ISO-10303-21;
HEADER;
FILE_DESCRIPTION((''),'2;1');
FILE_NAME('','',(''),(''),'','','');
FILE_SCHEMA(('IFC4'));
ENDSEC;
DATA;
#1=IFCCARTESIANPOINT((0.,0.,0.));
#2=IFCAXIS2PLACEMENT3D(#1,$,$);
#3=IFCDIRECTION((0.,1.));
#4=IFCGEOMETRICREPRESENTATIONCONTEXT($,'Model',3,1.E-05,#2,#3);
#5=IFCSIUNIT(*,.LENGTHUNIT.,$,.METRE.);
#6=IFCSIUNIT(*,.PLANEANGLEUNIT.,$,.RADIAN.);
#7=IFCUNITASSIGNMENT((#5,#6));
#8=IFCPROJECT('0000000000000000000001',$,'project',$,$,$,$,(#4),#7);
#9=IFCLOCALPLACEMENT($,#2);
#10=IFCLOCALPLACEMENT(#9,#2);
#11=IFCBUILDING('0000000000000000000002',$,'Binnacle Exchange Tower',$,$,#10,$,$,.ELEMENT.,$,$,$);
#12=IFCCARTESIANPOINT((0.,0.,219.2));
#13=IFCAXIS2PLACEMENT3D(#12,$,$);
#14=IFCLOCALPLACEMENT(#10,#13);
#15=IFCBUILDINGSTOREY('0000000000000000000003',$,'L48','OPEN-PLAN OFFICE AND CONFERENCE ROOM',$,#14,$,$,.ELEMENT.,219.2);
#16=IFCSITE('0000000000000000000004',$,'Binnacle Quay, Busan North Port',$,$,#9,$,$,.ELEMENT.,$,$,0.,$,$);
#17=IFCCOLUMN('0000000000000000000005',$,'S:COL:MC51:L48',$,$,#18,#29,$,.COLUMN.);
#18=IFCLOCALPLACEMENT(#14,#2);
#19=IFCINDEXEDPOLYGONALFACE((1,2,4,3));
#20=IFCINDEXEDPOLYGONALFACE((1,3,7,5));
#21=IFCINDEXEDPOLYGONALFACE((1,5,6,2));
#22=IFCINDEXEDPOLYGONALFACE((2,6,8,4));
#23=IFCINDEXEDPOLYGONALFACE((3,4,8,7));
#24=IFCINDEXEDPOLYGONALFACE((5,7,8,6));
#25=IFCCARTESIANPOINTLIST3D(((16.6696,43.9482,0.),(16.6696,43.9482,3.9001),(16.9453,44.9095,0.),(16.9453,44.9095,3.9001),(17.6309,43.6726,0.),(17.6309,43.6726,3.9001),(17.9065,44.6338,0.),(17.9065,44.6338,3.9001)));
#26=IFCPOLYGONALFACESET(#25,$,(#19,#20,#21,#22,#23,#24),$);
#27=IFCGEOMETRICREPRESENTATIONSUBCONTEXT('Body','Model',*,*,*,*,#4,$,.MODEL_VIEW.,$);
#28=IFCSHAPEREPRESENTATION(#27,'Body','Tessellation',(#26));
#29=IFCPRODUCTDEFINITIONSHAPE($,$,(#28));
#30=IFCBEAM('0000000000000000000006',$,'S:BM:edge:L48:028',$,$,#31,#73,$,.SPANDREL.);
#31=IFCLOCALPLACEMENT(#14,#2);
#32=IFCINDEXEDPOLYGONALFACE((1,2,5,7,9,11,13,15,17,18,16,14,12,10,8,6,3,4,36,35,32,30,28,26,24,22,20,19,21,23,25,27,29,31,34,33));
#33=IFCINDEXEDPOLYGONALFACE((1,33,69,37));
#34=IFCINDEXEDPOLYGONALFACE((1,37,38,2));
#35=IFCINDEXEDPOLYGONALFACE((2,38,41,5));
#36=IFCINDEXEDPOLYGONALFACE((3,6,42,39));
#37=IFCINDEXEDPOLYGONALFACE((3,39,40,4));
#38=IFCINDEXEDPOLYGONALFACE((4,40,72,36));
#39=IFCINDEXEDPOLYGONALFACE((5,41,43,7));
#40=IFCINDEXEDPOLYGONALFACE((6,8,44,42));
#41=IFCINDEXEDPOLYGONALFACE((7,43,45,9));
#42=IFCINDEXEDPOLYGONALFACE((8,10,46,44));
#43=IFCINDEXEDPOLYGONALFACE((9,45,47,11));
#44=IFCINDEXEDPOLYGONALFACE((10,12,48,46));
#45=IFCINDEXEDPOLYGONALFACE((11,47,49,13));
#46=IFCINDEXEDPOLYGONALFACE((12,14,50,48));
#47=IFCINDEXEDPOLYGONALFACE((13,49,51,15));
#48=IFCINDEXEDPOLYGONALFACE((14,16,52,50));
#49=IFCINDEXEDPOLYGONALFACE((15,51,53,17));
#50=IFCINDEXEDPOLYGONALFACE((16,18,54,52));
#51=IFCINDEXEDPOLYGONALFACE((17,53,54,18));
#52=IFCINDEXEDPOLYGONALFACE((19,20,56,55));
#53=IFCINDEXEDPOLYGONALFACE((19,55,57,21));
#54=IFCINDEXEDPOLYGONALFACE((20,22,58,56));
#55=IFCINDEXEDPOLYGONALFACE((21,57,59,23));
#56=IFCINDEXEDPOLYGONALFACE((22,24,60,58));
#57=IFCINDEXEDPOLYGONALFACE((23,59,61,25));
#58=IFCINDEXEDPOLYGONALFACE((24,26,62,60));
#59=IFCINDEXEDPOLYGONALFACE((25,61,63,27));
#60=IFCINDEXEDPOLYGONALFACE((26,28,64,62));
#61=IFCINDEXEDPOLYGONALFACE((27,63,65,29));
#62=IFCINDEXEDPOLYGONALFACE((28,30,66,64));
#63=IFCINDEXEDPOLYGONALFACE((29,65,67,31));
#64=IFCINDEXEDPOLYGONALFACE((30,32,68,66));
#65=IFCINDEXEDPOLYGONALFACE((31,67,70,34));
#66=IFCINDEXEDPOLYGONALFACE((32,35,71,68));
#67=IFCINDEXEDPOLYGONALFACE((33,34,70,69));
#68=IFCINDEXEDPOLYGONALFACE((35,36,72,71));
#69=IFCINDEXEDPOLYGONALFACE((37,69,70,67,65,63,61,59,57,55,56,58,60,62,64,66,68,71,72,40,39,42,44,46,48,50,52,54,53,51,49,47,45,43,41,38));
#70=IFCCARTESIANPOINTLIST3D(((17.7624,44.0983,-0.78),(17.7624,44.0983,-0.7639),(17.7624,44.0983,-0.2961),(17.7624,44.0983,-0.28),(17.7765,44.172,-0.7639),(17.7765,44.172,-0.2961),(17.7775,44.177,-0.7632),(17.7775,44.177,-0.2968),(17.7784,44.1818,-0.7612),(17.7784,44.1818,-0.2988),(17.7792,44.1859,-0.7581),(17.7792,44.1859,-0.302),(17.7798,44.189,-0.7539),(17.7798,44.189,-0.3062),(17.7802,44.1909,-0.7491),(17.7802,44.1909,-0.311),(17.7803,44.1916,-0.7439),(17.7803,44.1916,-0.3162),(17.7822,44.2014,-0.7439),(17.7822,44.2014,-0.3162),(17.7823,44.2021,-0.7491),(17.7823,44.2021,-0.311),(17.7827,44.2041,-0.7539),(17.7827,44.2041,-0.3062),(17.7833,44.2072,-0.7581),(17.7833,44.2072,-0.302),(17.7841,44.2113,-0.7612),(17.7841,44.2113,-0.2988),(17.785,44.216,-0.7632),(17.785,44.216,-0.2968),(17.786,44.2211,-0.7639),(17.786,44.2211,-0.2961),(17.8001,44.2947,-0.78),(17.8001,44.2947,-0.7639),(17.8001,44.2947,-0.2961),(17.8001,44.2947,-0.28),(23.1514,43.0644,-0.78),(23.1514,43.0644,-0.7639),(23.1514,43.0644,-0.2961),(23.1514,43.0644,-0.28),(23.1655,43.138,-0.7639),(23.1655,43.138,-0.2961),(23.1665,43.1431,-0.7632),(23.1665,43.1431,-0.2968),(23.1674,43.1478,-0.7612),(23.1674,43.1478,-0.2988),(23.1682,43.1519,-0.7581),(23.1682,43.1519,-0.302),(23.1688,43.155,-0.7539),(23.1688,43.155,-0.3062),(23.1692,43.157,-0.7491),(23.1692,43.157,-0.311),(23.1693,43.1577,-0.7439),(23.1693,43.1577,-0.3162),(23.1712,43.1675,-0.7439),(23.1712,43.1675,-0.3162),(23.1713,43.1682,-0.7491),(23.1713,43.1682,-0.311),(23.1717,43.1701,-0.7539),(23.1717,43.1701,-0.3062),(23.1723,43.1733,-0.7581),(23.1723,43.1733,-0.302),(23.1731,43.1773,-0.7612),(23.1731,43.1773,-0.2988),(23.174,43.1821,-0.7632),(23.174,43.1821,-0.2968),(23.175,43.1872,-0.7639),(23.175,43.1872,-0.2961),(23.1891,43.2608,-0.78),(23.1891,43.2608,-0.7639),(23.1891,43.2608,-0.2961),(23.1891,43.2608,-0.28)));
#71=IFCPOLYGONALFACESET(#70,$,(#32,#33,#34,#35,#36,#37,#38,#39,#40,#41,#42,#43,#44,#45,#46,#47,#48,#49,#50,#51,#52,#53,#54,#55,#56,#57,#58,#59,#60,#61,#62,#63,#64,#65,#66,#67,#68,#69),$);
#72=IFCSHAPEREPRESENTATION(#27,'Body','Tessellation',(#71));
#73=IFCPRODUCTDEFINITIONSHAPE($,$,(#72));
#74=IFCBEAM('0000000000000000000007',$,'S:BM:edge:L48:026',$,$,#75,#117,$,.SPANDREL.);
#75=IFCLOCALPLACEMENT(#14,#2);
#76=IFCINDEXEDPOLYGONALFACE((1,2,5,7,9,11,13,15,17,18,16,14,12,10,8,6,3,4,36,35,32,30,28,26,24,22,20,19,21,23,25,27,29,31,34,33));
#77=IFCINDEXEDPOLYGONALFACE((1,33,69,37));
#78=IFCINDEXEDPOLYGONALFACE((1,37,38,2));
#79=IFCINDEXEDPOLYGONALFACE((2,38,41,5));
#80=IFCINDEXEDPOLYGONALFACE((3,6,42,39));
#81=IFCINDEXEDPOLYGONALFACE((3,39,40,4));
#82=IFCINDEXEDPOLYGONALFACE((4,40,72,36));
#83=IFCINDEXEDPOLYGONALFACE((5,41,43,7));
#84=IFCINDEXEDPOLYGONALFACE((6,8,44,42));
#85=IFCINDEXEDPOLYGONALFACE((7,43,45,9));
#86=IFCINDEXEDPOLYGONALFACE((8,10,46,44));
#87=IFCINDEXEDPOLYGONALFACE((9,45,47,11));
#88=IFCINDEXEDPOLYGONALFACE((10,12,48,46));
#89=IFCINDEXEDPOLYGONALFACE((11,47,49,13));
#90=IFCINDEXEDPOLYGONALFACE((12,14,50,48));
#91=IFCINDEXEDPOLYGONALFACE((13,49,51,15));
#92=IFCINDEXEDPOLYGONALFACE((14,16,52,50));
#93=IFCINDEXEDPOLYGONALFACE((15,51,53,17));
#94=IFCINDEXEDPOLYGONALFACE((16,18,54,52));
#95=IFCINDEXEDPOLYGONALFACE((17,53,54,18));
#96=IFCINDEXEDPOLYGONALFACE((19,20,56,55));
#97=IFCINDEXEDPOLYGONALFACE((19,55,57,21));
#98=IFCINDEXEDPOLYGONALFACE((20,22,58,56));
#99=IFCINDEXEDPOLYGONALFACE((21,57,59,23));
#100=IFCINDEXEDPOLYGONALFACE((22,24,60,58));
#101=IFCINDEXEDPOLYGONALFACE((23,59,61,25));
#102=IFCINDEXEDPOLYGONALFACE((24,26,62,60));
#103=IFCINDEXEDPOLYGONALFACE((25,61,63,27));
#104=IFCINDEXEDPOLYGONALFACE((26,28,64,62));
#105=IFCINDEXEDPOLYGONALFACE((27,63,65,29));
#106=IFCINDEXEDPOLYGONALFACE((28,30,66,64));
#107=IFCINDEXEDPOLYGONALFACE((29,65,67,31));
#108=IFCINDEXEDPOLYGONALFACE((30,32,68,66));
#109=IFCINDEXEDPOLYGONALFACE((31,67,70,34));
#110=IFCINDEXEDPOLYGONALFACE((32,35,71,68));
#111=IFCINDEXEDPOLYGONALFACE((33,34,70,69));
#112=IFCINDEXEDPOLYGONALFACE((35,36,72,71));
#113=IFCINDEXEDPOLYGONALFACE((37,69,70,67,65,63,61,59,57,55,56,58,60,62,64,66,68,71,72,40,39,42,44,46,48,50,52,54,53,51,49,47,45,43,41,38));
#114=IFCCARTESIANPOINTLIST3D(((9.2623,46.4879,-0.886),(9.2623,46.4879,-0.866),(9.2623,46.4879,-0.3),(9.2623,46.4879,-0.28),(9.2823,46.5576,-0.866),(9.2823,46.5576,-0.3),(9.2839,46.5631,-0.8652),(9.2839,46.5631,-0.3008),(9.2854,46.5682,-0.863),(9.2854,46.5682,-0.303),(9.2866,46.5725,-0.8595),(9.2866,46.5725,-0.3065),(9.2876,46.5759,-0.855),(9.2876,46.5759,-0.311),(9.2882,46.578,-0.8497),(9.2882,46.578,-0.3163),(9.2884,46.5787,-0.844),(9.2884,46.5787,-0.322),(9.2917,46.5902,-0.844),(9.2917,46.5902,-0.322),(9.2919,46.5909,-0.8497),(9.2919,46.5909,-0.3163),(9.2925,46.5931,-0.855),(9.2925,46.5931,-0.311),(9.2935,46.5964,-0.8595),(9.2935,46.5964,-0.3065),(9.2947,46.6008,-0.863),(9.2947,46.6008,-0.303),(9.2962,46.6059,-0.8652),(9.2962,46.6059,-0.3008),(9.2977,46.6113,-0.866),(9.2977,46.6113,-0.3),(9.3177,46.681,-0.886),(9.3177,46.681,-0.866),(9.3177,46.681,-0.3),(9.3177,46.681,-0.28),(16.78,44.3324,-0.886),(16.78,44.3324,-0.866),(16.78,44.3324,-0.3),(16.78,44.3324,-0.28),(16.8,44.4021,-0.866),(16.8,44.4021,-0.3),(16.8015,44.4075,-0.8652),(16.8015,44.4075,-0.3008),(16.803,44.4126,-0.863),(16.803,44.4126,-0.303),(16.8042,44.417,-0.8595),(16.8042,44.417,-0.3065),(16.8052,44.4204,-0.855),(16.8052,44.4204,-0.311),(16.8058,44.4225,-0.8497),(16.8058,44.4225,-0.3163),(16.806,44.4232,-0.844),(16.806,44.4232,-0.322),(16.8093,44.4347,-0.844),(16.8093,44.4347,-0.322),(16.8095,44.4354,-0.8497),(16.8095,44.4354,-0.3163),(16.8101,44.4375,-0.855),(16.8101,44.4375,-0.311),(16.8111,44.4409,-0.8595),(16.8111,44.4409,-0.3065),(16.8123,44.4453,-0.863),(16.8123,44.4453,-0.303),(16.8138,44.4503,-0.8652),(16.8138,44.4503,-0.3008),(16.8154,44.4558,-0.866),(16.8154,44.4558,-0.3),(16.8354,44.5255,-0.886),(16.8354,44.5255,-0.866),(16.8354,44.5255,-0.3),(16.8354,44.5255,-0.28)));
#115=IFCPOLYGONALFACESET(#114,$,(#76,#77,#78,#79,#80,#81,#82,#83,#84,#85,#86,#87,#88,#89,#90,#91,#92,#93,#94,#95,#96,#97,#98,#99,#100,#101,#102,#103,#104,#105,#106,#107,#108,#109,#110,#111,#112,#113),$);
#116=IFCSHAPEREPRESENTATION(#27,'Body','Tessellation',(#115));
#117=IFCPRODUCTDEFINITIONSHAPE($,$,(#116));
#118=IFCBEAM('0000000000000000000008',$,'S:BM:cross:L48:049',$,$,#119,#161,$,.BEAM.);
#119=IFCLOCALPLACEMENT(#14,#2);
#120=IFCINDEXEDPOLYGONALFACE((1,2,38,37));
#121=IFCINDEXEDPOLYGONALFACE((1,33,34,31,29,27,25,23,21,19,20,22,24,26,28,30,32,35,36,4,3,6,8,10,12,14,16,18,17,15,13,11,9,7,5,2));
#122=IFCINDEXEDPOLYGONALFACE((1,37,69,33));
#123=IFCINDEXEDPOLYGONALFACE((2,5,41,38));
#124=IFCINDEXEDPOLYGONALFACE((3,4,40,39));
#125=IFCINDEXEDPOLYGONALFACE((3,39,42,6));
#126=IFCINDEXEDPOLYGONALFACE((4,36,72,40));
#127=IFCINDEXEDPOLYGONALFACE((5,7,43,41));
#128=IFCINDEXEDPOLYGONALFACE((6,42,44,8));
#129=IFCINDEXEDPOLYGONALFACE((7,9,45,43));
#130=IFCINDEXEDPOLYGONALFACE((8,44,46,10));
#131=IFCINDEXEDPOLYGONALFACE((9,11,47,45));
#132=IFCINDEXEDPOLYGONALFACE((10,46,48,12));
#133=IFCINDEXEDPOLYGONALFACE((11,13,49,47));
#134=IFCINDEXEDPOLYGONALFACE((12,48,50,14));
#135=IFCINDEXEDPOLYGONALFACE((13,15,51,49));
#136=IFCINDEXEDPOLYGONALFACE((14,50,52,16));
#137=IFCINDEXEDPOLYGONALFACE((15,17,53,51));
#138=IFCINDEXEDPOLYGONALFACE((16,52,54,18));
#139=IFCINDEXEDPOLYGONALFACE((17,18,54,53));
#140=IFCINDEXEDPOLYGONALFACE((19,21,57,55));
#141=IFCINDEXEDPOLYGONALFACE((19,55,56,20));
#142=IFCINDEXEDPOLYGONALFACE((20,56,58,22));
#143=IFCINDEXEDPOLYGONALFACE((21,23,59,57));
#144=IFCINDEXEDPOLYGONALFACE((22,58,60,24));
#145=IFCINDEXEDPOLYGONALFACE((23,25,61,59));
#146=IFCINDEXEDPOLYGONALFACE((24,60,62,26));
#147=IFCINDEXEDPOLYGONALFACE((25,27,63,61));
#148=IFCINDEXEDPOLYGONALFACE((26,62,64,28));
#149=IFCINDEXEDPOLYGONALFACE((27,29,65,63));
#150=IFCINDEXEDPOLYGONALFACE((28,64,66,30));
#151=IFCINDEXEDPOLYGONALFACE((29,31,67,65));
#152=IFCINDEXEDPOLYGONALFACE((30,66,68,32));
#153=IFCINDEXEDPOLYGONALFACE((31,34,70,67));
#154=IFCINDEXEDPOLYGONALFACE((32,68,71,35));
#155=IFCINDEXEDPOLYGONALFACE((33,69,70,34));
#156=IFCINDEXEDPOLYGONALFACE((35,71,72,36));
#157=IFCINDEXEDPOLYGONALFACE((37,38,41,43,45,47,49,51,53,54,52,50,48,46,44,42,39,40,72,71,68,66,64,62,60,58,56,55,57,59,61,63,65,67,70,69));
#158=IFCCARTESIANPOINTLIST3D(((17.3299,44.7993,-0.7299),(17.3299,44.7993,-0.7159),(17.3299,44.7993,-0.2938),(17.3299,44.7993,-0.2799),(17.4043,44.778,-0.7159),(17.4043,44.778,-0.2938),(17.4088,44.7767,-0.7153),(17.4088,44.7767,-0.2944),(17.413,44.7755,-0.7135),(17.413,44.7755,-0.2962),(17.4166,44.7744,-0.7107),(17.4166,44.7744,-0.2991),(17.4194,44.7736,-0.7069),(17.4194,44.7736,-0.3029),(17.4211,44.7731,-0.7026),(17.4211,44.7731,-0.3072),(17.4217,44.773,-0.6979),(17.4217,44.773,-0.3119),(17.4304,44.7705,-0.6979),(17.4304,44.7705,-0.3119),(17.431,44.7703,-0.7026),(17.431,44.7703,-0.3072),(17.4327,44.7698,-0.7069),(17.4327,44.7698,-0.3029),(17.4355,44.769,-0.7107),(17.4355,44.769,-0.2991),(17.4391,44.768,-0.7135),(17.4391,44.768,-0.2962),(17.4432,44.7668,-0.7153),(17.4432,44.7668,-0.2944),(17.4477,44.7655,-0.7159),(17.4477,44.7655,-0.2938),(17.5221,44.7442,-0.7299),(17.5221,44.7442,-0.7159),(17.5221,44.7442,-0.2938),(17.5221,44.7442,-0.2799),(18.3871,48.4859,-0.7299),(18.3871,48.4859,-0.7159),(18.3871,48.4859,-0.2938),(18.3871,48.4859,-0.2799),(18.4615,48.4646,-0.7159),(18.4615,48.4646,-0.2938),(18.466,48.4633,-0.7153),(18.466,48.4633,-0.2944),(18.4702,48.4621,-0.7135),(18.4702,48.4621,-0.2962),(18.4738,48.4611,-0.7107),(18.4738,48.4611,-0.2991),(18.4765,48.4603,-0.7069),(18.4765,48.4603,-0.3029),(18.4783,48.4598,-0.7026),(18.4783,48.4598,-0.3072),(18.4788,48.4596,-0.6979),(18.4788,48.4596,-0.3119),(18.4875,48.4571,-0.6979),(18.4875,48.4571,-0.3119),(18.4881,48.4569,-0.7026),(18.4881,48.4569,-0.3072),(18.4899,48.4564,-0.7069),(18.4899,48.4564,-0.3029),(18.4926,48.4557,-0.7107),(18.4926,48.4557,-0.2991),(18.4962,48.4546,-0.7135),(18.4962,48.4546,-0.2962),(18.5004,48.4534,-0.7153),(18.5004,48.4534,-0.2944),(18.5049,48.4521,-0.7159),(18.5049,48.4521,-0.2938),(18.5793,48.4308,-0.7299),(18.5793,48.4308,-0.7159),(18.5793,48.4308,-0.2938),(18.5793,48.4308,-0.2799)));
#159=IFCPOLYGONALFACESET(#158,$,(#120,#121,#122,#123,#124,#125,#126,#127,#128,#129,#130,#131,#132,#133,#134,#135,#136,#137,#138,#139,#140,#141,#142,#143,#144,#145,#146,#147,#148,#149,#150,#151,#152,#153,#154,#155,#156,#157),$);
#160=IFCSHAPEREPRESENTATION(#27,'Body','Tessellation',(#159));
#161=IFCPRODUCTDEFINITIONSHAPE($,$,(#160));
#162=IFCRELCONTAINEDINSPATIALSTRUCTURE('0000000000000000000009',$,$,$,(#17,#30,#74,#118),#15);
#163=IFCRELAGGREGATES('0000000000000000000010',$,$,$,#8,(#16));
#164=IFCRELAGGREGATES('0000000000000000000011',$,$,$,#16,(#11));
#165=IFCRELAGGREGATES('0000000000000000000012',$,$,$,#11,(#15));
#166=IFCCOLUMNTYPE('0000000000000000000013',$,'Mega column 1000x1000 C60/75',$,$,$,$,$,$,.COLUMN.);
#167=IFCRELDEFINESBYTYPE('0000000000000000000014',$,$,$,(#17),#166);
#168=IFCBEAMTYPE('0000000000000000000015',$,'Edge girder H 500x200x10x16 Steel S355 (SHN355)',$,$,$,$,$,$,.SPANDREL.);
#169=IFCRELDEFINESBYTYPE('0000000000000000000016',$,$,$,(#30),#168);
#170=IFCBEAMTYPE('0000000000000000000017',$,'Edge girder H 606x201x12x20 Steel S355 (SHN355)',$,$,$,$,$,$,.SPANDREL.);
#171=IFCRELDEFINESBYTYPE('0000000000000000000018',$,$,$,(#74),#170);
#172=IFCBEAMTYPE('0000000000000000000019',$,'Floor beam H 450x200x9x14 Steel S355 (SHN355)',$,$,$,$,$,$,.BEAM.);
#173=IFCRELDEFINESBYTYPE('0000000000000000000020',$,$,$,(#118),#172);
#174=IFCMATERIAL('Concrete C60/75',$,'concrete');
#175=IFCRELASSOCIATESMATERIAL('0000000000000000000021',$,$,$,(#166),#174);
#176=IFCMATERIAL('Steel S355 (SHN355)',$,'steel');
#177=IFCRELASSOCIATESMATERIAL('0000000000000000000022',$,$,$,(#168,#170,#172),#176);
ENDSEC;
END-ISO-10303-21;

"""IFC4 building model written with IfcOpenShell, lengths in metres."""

from ifc_helpers import new_model, si_unit, direction, frame, origin, origin_2d, place, context, subcontext, project, spatial, rectangle, i_section, extrude, material, material_profile, profile_set, type_object, element, save


model = new_model("IFC4")

# Units and contexts
model_context = context("Model", 3, precision=1e-05, world=origin(), true_north=direction((0.0, 1.0)))
body_context = subcontext(model_context, "Body", "Model", "MODEL_VIEW")
ifc_project = project(units=[si_unit("LENGTHUNIT", "METRE"), si_unit("PLANEANGLEUNIT", "RADIAN")], contexts=[model_context])

# Site, building, storey
site_placement = place(None, origin())
site = spatial("IfcSite", under=ifc_project, at=site_placement, Name="Binnacle Quay, Busan North Port", CompositionType="ELEMENT", RefElevation=0.0)
building_placement = place(site_placement, origin())
building = spatial("IfcBuilding", under=site, at=building_placement, Name="Binnacle Exchange Tower", CompositionType="ELEMENT")
storey_placement = place(building_placement, frame((0.0, 0.0, 219.2)))
storey = spatial("IfcBuildingStorey", under=building, at=storey_placement, Name="L48", Description="OPEN-PLAN OFFICE AND CONFERENCE ROOM", CompositionType="ELEMENT", Elevation=219.2)

# Column
ifc_material_1 = material(Name="Concrete C60/75", Category="concrete")
ifc_material_profile_1 = material_profile(ifc_material_1, rectangle(XDim=1.0, YDim=1.0, at=origin_2d()), Name="Mega column 1000x1000 C60/75")
ifc_profile_set_1 = profile_set([ifc_material_profile_1], Name="Concrete C60/75")
column_type = type_object("IfcColumnType", Name="Mega column 1000x1000 C60/75", PredefinedType="COLUMN", material=ifc_profile_set_1)
column_placement = place(storey_placement, frame((17.2881, 44.291, 0.0), z_axis=(0.0, 0.0, 1.0), x_axis=(0.961262, -0.275637, 0.0)))
element("IfcColumn", 1, at=column_placement, inside=storey, type_object=column_type, Name="S:COL:MC51:L48", PredefinedType="COLUMN", context=body_context, shape_type="SweptSolid", body=[
    extrude(rectangle(XDim=1.0, YDim=1.0, at=origin_2d()), origin(), (0.0, 0.0, 1.0), 3.9001),
])

# Beams
ifc_material_2 = material(Name="Steel S355 (SHN355)", Category="steel")
ifc_material_profile_2 = material_profile(ifc_material_2, i_section(OverallWidth=0.2, OverallDepth=0.5, WebThickness=0.01, FlangeThickness=0.0161, FilletRadius=0.02, at=origin_2d()), Name="H 500x200x10x16")
ifc_profile_set_2 = profile_set([ifc_material_profile_2], Name="Steel S355 (SHN355)")
beam_type_1 = type_object("IfcBeamType", Name="Edge girder H 500x200x10x16 Steel S355 (SHN355)", PredefinedType="SPANDREL", material=ifc_profile_set_2)
beam_1_placement = place(storey_placement, frame((17.7812, 44.1965, -0.53), z_axis=(0.982087, -0.188427, 0.0), x_axis=(0.188427, 0.982087, 0.0)))
element("IfcBeam", 2, at=beam_1_placement, inside=storey, type_object=beam_type_1, Name="S:BM:edge:L48:028", PredefinedType="SPANDREL", context=body_context, shape_type="SweptSolid", body=[
    extrude(i_section(OverallWidth=0.2, OverallDepth=0.5, WebThickness=0.01, FlangeThickness=0.0161, FilletRadius=0.02, at=origin_2d()), origin(), (0.0, 0.0, 1.0), 5.4873),
])
ifc_material_profile_3 = material_profile(ifc_material_2, i_section(OverallWidth=0.2009, OverallDepth=0.606, WebThickness=0.012, FlangeThickness=0.02, FilletRadius=0.022, at=origin_2d()), Name="H 606x201x12x20")
ifc_profile_set_3 = profile_set([ifc_material_profile_3], Name="Steel S355 (SHN355)")
beam_type_2 = type_object("IfcBeamType", Name="Edge girder H 606x201x12x20 Steel S355 (SHN355)", PredefinedType="SPANDREL", material=ifc_profile_set_3)
beam_2_placement = place(storey_placement, frame((9.29, 46.5845, -0.583), z_axis=(0.961266, -0.275624, 0.0), x_axis=(0.275624, 0.961266, 0.0)))
element("IfcBeam", 3, at=beam_2_placement, inside=storey, type_object=beam_type_2, Name="S:BM:edge:L48:026", PredefinedType="SPANDREL", context=body_context, shape_type="SweptSolid", body=[
    extrude(i_section(OverallWidth=0.2009, OverallDepth=0.606, WebThickness=0.012, FlangeThickness=0.02, FilletRadius=0.022, at=origin_2d()), origin(), (0.0, 0.0, 1.0), 7.8206),
])
ifc_material_profile_4 = material_profile(ifc_material_2, i_section(OverallWidth=0.2, OverallDepth=0.45, WebThickness=0.009, FlangeThickness=0.0139, FilletRadius=0.0181, at=origin_2d()), Name="H 450x200x9x14")
ifc_profile_set_4 = profile_set([ifc_material_profile_4], Name="Steel S355 (SHN355)")
beam_type_3 = type_object("IfcBeamType", Name="Floor beam H 450x200x9x14 Steel S355 (SHN355)", PredefinedType="BEAM", material=ifc_profile_set_4)
beam_3_placement = place(storey_placement, frame((17.426, 44.7717, -0.5049), z_axis=(0.275646, 0.961259, 0.0), x_axis=(-0.961259, 0.275646, 0.0)))
element("IfcBeam", 4, at=beam_3_placement, inside=storey, type_object=beam_type_3, Name="S:BM:cross:L48:049", PredefinedType="BEAM", context=body_context, shape_type="SweptSolid", body=[
    extrude(i_section(OverallWidth=0.2, OverallDepth=0.45, WebThickness=0.009, FlangeThickness=0.0139, FilletRadius=0.0181, at=origin_2d()), origin(), (0.0, 0.0, 1.0), 3.8352),
])

save(model, "model.ifc")
